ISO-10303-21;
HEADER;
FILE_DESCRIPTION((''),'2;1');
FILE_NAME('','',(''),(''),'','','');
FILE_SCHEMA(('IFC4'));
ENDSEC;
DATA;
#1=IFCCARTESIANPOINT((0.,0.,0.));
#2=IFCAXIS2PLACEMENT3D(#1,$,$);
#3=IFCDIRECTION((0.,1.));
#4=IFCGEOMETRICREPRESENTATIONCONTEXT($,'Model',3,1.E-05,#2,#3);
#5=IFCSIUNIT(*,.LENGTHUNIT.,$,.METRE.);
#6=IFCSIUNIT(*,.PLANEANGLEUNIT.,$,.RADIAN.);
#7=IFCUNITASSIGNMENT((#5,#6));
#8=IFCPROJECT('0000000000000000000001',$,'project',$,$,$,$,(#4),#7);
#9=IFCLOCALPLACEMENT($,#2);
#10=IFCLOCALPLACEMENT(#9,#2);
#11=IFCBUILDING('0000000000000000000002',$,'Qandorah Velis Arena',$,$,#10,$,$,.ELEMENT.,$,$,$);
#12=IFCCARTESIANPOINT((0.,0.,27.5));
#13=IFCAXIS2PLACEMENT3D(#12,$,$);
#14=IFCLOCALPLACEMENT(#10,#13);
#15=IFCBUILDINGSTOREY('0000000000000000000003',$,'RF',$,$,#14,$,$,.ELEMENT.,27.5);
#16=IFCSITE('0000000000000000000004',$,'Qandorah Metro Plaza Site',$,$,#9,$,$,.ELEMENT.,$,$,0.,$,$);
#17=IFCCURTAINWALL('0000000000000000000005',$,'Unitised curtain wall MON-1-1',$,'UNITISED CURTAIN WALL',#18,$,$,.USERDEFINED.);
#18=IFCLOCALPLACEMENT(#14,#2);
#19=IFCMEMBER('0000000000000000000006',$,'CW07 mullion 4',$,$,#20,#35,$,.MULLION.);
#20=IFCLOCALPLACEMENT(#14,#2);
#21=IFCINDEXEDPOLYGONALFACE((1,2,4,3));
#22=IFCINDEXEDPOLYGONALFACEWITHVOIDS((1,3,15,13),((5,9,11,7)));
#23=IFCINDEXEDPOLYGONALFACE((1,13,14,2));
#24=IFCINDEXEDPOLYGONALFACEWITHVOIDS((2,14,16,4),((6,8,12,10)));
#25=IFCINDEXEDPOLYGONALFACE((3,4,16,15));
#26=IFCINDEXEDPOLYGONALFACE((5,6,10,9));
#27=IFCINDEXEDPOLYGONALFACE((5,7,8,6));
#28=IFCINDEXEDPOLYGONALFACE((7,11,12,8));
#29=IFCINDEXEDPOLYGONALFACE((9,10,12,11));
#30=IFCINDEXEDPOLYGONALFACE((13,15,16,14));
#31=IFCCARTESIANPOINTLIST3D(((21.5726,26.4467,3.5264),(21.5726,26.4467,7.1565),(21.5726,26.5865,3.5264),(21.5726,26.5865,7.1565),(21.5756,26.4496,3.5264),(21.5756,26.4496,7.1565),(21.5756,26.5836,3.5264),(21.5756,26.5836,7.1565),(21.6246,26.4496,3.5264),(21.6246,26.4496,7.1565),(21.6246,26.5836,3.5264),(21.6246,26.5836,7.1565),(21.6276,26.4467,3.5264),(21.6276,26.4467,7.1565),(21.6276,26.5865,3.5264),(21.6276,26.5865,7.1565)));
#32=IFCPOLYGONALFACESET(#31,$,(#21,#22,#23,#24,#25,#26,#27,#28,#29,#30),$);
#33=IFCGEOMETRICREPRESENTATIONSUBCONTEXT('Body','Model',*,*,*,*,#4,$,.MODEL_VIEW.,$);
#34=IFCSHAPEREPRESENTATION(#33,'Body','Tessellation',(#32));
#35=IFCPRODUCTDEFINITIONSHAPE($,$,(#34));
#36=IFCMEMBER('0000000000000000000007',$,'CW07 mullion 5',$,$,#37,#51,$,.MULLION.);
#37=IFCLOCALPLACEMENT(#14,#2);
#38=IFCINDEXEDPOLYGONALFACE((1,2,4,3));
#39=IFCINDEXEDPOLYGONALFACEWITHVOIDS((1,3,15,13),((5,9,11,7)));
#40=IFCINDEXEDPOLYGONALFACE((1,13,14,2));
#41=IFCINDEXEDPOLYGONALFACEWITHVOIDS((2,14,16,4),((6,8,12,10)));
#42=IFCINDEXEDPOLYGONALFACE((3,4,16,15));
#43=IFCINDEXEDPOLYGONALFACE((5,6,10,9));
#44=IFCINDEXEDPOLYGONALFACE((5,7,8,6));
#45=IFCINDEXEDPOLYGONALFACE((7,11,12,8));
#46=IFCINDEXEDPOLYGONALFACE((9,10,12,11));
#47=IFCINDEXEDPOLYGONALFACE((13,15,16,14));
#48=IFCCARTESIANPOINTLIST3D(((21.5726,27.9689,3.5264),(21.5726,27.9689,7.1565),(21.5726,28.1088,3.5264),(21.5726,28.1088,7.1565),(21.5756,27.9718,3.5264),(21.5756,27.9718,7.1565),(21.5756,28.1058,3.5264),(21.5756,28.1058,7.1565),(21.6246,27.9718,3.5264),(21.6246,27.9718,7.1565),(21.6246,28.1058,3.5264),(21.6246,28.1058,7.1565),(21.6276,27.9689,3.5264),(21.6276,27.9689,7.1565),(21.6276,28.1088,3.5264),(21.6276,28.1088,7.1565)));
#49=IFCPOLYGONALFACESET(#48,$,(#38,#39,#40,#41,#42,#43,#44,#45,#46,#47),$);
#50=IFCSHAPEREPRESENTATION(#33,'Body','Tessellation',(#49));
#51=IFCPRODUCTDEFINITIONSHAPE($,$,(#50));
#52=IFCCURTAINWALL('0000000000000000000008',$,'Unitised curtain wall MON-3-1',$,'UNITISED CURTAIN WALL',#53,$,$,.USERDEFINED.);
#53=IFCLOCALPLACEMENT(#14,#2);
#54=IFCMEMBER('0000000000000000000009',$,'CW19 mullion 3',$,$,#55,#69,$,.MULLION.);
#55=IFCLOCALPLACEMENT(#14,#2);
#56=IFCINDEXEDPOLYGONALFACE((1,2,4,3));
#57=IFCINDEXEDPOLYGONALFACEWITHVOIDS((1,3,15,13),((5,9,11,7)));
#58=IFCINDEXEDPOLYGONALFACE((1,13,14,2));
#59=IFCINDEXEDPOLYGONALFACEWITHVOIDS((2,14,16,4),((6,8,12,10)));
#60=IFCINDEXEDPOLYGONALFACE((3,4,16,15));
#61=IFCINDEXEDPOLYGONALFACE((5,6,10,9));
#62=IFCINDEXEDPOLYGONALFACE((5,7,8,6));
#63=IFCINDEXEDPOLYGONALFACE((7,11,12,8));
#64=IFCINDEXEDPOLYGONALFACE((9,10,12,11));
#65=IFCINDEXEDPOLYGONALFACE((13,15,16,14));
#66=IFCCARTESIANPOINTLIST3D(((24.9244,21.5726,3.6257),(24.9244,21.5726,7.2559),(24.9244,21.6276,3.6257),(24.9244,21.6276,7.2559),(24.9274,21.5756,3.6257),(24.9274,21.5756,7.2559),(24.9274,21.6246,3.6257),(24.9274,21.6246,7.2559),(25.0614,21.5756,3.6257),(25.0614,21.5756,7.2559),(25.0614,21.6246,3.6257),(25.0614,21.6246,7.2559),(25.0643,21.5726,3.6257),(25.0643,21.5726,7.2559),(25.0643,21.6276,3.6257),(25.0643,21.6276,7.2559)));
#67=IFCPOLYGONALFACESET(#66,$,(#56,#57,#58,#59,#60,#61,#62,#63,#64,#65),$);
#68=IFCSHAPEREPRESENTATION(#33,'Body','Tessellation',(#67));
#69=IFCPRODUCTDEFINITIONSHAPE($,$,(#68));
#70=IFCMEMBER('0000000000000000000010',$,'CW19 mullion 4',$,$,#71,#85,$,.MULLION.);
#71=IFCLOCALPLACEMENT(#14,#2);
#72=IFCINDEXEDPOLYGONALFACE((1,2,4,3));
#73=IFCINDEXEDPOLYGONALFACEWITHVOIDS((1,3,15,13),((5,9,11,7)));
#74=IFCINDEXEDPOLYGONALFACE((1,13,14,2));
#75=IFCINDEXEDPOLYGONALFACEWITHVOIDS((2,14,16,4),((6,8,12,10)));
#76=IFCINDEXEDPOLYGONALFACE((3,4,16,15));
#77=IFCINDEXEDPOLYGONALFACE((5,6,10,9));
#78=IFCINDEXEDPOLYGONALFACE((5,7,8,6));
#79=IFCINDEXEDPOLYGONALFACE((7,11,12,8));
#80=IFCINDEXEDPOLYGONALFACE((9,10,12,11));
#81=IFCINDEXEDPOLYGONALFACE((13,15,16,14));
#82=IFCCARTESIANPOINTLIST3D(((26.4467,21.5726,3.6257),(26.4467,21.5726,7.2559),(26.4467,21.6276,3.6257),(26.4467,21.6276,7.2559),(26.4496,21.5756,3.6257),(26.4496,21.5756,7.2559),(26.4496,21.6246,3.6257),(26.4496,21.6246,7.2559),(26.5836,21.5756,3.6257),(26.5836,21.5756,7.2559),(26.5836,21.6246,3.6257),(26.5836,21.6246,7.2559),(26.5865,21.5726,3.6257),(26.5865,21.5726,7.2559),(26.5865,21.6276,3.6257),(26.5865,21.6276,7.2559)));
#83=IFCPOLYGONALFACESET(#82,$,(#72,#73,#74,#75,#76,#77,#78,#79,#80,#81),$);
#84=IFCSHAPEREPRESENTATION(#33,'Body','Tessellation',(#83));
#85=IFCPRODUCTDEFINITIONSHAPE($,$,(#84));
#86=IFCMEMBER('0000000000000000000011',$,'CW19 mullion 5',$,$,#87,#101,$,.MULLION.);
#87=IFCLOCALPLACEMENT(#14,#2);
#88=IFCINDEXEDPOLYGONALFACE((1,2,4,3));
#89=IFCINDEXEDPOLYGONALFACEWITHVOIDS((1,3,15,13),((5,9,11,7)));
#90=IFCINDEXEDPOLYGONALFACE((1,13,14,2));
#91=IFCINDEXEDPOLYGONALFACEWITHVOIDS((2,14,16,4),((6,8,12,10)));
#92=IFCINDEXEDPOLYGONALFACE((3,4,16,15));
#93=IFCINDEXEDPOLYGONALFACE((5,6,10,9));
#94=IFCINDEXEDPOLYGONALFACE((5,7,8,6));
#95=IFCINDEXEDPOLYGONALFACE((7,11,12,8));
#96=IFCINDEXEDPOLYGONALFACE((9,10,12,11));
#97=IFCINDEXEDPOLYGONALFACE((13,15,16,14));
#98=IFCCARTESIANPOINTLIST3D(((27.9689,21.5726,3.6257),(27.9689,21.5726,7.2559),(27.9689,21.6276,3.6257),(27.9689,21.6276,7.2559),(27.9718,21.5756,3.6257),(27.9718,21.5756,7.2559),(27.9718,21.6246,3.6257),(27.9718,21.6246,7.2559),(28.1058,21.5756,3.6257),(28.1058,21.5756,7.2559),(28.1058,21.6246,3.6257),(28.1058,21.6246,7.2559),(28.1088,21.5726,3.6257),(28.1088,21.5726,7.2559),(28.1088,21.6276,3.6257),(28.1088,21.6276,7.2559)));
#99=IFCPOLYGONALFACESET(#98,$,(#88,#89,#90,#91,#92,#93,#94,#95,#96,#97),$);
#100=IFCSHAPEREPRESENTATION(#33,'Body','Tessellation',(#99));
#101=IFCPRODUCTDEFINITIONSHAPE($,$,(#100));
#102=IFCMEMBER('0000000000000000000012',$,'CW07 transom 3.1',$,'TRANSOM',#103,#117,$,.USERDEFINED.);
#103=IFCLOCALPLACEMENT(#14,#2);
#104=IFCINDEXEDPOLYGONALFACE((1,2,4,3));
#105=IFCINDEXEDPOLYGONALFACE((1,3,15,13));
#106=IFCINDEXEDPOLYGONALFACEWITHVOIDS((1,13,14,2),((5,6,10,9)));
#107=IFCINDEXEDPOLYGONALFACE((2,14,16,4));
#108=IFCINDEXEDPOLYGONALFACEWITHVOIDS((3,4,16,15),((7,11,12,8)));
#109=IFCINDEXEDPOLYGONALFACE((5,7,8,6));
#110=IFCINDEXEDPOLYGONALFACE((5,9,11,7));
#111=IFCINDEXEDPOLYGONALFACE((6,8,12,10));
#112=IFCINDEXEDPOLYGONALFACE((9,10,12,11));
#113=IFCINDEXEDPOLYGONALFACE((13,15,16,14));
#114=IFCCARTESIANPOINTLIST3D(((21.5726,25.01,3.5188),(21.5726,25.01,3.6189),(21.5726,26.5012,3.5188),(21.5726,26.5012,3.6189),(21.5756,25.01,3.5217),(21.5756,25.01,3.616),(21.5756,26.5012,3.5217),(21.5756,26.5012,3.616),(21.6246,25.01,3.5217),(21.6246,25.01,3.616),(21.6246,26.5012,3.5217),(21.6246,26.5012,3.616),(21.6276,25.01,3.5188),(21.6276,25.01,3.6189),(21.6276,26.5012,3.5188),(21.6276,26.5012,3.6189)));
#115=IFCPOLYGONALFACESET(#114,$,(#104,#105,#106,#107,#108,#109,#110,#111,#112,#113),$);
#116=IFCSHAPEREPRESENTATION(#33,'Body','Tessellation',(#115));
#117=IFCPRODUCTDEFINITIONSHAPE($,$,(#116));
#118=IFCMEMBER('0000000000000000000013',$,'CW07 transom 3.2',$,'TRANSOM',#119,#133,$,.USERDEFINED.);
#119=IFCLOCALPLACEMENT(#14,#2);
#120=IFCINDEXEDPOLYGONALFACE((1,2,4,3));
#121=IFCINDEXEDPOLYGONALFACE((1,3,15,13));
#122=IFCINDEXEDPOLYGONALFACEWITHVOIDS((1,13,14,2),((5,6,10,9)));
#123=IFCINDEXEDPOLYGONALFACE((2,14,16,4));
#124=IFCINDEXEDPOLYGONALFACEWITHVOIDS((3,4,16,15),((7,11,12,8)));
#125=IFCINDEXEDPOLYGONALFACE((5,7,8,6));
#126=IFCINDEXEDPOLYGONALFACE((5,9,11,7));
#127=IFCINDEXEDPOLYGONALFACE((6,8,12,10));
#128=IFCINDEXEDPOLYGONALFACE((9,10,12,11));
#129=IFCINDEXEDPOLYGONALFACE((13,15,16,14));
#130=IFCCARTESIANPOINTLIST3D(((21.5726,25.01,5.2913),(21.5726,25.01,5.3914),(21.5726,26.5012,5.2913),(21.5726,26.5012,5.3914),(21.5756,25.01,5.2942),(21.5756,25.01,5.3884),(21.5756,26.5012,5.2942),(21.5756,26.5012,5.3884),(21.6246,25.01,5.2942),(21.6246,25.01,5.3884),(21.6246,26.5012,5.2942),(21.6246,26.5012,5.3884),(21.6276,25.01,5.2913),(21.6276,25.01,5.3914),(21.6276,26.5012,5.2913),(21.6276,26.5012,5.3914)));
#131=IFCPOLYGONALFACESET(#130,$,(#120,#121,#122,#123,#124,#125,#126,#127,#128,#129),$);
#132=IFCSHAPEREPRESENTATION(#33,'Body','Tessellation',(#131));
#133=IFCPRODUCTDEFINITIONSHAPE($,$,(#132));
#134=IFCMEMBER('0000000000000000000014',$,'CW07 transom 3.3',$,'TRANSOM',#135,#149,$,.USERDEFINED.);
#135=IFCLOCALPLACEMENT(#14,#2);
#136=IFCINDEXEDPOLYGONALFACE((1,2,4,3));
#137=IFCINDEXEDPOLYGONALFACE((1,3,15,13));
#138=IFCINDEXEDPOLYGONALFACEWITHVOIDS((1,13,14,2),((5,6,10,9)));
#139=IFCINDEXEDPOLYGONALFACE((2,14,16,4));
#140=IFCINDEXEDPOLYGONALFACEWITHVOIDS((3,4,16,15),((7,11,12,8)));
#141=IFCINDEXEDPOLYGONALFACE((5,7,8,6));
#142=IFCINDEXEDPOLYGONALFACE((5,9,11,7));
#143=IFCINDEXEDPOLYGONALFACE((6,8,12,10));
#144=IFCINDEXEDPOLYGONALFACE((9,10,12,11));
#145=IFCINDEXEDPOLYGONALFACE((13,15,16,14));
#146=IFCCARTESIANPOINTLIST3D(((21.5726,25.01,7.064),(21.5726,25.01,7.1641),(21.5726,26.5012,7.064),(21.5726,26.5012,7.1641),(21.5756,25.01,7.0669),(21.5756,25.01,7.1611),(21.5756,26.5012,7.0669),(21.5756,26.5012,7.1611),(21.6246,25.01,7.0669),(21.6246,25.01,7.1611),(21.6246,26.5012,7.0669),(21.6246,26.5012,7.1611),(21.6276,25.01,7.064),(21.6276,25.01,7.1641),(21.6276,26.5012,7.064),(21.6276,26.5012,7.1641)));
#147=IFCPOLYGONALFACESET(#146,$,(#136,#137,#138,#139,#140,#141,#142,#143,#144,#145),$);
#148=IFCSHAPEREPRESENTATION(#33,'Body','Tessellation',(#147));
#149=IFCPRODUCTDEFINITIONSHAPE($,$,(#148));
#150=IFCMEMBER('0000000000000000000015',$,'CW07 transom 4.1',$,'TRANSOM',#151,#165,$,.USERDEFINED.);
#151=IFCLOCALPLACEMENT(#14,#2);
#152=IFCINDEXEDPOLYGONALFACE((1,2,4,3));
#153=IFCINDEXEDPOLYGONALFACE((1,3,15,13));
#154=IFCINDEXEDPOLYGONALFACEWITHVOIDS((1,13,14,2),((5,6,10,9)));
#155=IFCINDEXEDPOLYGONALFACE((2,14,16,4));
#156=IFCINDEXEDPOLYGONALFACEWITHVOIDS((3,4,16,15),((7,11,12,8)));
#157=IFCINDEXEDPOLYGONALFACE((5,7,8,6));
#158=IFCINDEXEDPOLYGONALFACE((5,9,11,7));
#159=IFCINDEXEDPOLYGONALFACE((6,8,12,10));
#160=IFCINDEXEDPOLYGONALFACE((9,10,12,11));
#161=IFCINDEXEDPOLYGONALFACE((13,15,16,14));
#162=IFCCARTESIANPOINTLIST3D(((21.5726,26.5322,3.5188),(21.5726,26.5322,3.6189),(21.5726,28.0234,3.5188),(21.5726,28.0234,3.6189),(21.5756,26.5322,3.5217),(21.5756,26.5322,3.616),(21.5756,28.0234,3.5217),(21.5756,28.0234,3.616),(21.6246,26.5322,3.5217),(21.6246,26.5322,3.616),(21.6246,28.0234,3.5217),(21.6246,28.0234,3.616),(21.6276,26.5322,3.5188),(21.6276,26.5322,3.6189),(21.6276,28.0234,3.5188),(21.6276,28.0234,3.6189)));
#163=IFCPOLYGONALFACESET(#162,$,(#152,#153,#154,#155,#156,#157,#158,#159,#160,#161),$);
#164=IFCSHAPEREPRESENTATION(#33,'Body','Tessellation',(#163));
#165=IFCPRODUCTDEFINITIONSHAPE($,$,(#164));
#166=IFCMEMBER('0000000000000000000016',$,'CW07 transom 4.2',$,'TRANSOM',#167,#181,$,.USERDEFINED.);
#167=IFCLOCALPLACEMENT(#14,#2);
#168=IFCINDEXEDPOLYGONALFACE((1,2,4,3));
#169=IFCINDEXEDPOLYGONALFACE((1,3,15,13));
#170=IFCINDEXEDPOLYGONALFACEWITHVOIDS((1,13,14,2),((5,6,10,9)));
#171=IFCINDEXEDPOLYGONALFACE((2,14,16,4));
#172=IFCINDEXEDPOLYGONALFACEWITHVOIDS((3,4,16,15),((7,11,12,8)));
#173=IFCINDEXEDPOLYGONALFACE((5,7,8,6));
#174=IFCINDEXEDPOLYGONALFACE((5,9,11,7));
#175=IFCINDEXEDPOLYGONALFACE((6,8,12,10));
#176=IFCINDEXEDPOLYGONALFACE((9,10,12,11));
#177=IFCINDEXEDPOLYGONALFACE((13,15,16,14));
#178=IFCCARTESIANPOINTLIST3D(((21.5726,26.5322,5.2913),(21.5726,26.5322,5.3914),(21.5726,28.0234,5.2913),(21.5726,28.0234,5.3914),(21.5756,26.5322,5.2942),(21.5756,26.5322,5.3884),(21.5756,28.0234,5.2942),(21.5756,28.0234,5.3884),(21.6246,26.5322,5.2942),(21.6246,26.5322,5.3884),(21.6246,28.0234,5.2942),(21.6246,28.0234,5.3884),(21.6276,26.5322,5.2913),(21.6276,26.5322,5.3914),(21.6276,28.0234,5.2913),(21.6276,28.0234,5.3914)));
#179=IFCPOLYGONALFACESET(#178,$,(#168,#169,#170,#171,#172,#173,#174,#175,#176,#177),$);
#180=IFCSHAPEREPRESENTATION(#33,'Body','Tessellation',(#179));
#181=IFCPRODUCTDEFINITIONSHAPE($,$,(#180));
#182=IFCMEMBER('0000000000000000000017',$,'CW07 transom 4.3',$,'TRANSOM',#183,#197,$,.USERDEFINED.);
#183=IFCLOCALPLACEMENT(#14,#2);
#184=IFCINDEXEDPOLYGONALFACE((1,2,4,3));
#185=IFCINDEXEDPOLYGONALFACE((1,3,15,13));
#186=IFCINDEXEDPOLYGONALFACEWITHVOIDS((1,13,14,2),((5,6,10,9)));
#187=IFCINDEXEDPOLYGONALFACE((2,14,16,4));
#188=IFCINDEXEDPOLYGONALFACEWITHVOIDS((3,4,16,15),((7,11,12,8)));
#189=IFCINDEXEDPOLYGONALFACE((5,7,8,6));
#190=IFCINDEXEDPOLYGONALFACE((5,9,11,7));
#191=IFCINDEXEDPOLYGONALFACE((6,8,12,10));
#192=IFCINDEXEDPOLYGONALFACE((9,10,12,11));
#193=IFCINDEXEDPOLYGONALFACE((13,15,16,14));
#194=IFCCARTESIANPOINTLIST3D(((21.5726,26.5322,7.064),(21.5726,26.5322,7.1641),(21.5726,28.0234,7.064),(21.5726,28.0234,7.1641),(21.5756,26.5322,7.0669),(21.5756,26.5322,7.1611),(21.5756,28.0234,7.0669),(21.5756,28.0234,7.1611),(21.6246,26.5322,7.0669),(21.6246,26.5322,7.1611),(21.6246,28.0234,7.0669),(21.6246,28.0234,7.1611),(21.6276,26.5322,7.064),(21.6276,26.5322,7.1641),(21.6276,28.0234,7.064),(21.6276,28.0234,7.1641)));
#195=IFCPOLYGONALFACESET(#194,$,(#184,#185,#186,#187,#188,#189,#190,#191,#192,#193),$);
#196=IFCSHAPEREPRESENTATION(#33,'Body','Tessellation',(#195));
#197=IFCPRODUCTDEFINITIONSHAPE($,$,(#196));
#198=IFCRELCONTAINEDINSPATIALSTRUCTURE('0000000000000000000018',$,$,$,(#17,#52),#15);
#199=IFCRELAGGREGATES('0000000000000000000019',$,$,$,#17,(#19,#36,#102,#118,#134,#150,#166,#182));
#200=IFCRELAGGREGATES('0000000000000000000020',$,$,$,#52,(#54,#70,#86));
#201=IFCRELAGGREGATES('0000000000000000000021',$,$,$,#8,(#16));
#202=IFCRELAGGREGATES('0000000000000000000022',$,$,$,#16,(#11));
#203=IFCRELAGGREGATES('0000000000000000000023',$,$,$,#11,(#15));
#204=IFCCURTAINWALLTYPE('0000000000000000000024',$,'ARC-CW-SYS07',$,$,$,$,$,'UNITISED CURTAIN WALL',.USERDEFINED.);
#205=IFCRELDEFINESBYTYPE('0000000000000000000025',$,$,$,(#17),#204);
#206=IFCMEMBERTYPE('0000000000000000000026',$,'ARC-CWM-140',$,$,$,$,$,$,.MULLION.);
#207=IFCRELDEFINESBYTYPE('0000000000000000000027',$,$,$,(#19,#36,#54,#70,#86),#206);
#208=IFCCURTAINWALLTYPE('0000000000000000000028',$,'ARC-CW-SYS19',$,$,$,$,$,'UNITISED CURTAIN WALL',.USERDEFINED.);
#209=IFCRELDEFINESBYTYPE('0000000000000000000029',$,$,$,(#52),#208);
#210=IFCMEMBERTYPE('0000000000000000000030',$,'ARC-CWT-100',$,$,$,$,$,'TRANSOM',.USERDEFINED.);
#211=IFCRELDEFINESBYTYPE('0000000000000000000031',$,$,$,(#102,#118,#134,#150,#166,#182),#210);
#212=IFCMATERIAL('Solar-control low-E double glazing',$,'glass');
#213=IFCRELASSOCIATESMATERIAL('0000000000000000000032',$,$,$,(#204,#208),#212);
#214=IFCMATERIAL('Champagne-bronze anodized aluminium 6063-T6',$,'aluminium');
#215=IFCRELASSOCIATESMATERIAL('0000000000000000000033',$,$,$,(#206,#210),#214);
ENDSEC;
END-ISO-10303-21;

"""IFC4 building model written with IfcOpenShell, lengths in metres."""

from ifc_helpers import new_model, si_unit, direction, frame, origin, origin_2d, place, context, subcontext, project, spatial, hollow_rectangle, extrude, material, material_profile, profile_set, type_object, element, aggregate, save


model = new_model("IFC4")

# Units and contexts
model_context = context("Model", 3, precision=1e-05, world=origin(), true_north=direction((0.0, 1.0)))
body_context = subcontext(model_context, "Body", "Model", "MODEL_VIEW")
ifc_project = project(units=[si_unit("LENGTHUNIT", "METRE"), si_unit("PLANEANGLEUNIT", "RADIAN")], contexts=[model_context])

# Site, building, storey
site_placement = place(None, origin())
site = spatial("IfcSite", under=ifc_project, at=site_placement, Name="Qandorah Metro Plaza Site", CompositionType="ELEMENT", RefElevation=0.0)
building_placement = place(site_placement, origin())
building = spatial("IfcBuilding", under=site, at=building_placement, Name="Qandorah Velis Arena", CompositionType="ELEMENT")
storey_placement = place(building_placement, frame((0.0, 0.0, 27.5)))
storey = spatial("IfcBuildingStorey", under=building, at=storey_placement, Name="RF", CompositionType="ELEMENT", Elevation=27.5)

# Curtain walls, members
ifc_material_1 = material(Name="Solar-control low-E double glazing", Category="glass")
curtain_wall_type_1 = type_object("IfcCurtainWallType", Name="ARC-CW-SYS07", ElementType="UNITISED CURTAIN WALL", PredefinedType="USERDEFINED", material=ifc_material_1)
curtain_wall_1_placement = place(storey_placement, origin())
curtain_wall_1 = element("IfcCurtainWall", 1, at=curtain_wall_1_placement, inside=storey, type_object=curtain_wall_type_1, Name="Unitised curtain wall MON-1-1", ObjectType="UNITISED CURTAIN WALL", PredefinedType="USERDEFINED")
ifc_material_2 = material(Name="Champagne-bronze anodized aluminium 6063-T6", Category="aluminium")
ifc_material_profile_1 = material_profile(ifc_material_2, hollow_rectangle(XDim=0.0549, YDim=0.1399, WallThickness=0.0029, at=origin_2d()), Name="ALU MULLION 55x140")
ifc_profile_set_1 = profile_set([ifc_material_profile_1], Name="Champagne-bronze anodized aluminium 6063-T6")
member_type_1 = type_object("IfcMemberType", Name="ARC-CWM-140", PredefinedType="MULLION", material=ifc_profile_set_1)
member_1_placement = place(storey_placement, frame((21.6001, 26.5166, 3.5264), z_axis=(0.0, 0.0, 1.0), x_axis=(-1.0, 0.0, 0.0)))
member_1 = element("IfcMember", 2, at=member_1_placement, type_object=member_type_1, Name="CW07 mullion 4", PredefinedType="MULLION", context=body_context, shape_type="SweptSolid", body=[
    extrude(hollow_rectangle(XDim=0.0549, YDim=0.1399, WallThickness=0.0029, at=origin_2d()), origin(), (0.0, 0.0, 1.0), 3.6301),
])
member_2_placement = place(storey_placement, frame((21.6001, 28.0388, 3.5264), z_axis=(0.0, 0.0, 1.0), x_axis=(-1.0, 0.0, 0.0)))
member_2 = element("IfcMember", 3, at=member_2_placement, type_object=member_type_1, Name="CW07 mullion 5", PredefinedType="MULLION", context=body_context, shape_type="SweptSolid", body=[
    extrude(hollow_rectangle(XDim=0.0549, YDim=0.1399, WallThickness=0.0029, at=origin_2d()), origin(), (0.0, 0.0, 1.0), 3.6301),
])
curtain_wall_type_2 = type_object("IfcCurtainWallType", Name="ARC-CW-SYS19", ElementType="UNITISED CURTAIN WALL", PredefinedType="USERDEFINED", material=ifc_material_1)
curtain_wall_2_placement = place(storey_placement, origin())
curtain_wall_2 = element("IfcCurtainWall", 4, at=curtain_wall_2_placement, inside=storey, type_object=curtain_wall_type_2, Name="Unitised curtain wall MON-3-1", ObjectType="UNITISED CURTAIN WALL", PredefinedType="USERDEFINED")
member_3_placement = place(storey_placement, frame((24.9944, 21.6001, 3.6257), z_axis=(0.0, 0.0, 1.0), x_axis=(0.0, 1.0, 0.0)))
member_3 = element("IfcMember", 5, at=member_3_placement, type_object=member_type_1, Name="CW19 mullion 3", PredefinedType="MULLION", context=body_context, shape_type="SweptSolid", body=[
    extrude(hollow_rectangle(XDim=0.0549, YDim=0.1399, WallThickness=0.0029, at=origin_2d()), origin(), (0.0, 0.0, 1.0), 3.6301),
])
member_4_placement = place(storey_placement, frame((26.5166, 21.6001, 3.6257), z_axis=(0.0, 0.0, 1.0), x_axis=(0.0, 1.0, 0.0)))
member_4 = element("IfcMember", 6, at=member_4_placement, type_object=member_type_1, Name="CW19 mullion 4", PredefinedType="MULLION", context=body_context, shape_type="SweptSolid", body=[
    extrude(hollow_rectangle(XDim=0.0549, YDim=0.1399, WallThickness=0.0029, at=origin_2d()), origin(), (0.0, 0.0, 1.0), 3.6301),
])
member_5_placement = place(storey_placement, frame((28.0388, 21.6001, 3.6257), z_axis=(0.0, 0.0, 1.0), x_axis=(0.0, 1.0, 0.0)))
member_5 = element("IfcMember", 7, at=member_5_placement, type_object=member_type_1, Name="CW19 mullion 5", PredefinedType="MULLION", context=body_context, shape_type="SweptSolid", body=[
    extrude(hollow_rectangle(XDim=0.0549, YDim=0.1399, WallThickness=0.0029, at=origin_2d()), origin(), (0.0, 0.0, 1.0), 3.6301),
])

# Members
ifc_material_profile_2 = material_profile(ifc_material_2, hollow_rectangle(XDim=0.0549, YDim=0.1001, WallThickness=0.0029, at=origin_2d()), Name="ALU TRANSOM 55x100")
ifc_profile_set_2 = profile_set([ifc_material_profile_2], Name="Champagne-bronze anodized aluminium 6063-T6")
member_type_2 = type_object("IfcMemberType", Name="ARC-CWT-100", ElementType="TRANSOM", PredefinedType="USERDEFINED", material=ifc_profile_set_2)
member_6_placement = place(storey_placement, frame((21.6001, 25.01, 3.5688), z_axis=(0.0, 1.0, 0.0), x_axis=(-1.0, 0.0, 0.0)))
member_6 = element("IfcMember", 8, at=member_6_placement, type_object=member_type_2, Name="CW07 transom 3.1", ObjectType="TRANSOM", PredefinedType="USERDEFINED", context=body_context, shape_type="SweptSolid", body=[
    extrude(hollow_rectangle(XDim=0.0549, YDim=0.1001, WallThickness=0.0029, at=origin_2d()), origin(), (0.0, 0.0, 1.0), 1.4912),
])
member_7_placement = place(storey_placement, frame((21.6001, 25.01, 5.3413), z_axis=(0.0, 1.0, 0.0), x_axis=(-1.0, 0.0, 0.0)))
member_7 = element("IfcMember", 9, at=member_7_placement, type_object=member_type_2, Name="CW07 transom 3.2", ObjectType="TRANSOM", PredefinedType="USERDEFINED", context=body_context, shape_type="SweptSolid", body=[
    extrude(hollow_rectangle(XDim=0.0549, YDim=0.1001, WallThickness=0.0029, at=origin_2d()), origin(), (0.0, 0.0, 1.0), 1.4912),
])
member_8_placement = place(storey_placement, frame((21.6001, 25.01, 7.114), z_axis=(0.0, 1.0, 0.0), x_axis=(-1.0, 0.0, 0.0)))
member_8 = element("IfcMember", 10, at=member_8_placement, type_object=member_type_2, Name="CW07 transom 3.3", ObjectType="TRANSOM", PredefinedType="USERDEFINED", context=body_context, shape_type="SweptSolid", body=[
    extrude(hollow_rectangle(XDim=0.0549, YDim=0.1001, WallThickness=0.0029, at=origin_2d()), origin(), (0.0, 0.0, 1.0), 1.4912),
])
member_9_placement = place(storey_placement, frame((21.6001, 26.5322, 3.5688), z_axis=(0.0, 1.0, 0.0), x_axis=(-1.0, 0.0, 0.0)))
member_9 = element("IfcMember", 11, at=member_9_placement, type_object=member_type_2, Name="CW07 transom 4.1", ObjectType="TRANSOM", PredefinedType="USERDEFINED", context=body_context, shape_type="SweptSolid", body=[
    extrude(hollow_rectangle(XDim=0.0549, YDim=0.1001, WallThickness=0.0029, at=origin_2d()), origin(), (0.0, 0.0, 1.0), 1.4912),
])
member_10_placement = place(storey_placement, frame((21.6001, 26.5322, 5.3413), z_axis=(0.0, 1.0, 0.0), x_axis=(-1.0, 0.0, 0.0)))
member_10 = element("IfcMember", 12, at=member_10_placement, type_object=member_type_2, Name="CW07 transom 4.2", ObjectType="TRANSOM", PredefinedType="USERDEFINED", context=body_context, shape_type="SweptSolid", body=[
    extrude(hollow_rectangle(XDim=0.0549, YDim=0.1001, WallThickness=0.0029, at=origin_2d()), origin(), (0.0, 0.0, 1.0), 1.4912),
])
member_11_placement = place(storey_placement, frame((21.6001, 26.5322, 7.114), z_axis=(0.0, 1.0, 0.0), x_axis=(-1.0, 0.0, 0.0)))
member_11 = element("IfcMember", 13, at=member_11_placement, type_object=member_type_2, Name="CW07 transom 4.3", ObjectType="TRANSOM", PredefinedType="USERDEFINED", context=body_context, shape_type="SweptSolid", body=[
    extrude(hollow_rectangle(XDim=0.0549, YDim=0.1001, WallThickness=0.0029, at=origin_2d()), origin(), (0.0, 0.0, 1.0), 1.4912),
])

aggregate(curtain_wall_1, [member_1, member_2, member_6, member_7, member_8, member_9, member_10, member_11])
aggregate(curtain_wall_2, [member_3, member_4, member_5])

save(model, "model.ifc")
